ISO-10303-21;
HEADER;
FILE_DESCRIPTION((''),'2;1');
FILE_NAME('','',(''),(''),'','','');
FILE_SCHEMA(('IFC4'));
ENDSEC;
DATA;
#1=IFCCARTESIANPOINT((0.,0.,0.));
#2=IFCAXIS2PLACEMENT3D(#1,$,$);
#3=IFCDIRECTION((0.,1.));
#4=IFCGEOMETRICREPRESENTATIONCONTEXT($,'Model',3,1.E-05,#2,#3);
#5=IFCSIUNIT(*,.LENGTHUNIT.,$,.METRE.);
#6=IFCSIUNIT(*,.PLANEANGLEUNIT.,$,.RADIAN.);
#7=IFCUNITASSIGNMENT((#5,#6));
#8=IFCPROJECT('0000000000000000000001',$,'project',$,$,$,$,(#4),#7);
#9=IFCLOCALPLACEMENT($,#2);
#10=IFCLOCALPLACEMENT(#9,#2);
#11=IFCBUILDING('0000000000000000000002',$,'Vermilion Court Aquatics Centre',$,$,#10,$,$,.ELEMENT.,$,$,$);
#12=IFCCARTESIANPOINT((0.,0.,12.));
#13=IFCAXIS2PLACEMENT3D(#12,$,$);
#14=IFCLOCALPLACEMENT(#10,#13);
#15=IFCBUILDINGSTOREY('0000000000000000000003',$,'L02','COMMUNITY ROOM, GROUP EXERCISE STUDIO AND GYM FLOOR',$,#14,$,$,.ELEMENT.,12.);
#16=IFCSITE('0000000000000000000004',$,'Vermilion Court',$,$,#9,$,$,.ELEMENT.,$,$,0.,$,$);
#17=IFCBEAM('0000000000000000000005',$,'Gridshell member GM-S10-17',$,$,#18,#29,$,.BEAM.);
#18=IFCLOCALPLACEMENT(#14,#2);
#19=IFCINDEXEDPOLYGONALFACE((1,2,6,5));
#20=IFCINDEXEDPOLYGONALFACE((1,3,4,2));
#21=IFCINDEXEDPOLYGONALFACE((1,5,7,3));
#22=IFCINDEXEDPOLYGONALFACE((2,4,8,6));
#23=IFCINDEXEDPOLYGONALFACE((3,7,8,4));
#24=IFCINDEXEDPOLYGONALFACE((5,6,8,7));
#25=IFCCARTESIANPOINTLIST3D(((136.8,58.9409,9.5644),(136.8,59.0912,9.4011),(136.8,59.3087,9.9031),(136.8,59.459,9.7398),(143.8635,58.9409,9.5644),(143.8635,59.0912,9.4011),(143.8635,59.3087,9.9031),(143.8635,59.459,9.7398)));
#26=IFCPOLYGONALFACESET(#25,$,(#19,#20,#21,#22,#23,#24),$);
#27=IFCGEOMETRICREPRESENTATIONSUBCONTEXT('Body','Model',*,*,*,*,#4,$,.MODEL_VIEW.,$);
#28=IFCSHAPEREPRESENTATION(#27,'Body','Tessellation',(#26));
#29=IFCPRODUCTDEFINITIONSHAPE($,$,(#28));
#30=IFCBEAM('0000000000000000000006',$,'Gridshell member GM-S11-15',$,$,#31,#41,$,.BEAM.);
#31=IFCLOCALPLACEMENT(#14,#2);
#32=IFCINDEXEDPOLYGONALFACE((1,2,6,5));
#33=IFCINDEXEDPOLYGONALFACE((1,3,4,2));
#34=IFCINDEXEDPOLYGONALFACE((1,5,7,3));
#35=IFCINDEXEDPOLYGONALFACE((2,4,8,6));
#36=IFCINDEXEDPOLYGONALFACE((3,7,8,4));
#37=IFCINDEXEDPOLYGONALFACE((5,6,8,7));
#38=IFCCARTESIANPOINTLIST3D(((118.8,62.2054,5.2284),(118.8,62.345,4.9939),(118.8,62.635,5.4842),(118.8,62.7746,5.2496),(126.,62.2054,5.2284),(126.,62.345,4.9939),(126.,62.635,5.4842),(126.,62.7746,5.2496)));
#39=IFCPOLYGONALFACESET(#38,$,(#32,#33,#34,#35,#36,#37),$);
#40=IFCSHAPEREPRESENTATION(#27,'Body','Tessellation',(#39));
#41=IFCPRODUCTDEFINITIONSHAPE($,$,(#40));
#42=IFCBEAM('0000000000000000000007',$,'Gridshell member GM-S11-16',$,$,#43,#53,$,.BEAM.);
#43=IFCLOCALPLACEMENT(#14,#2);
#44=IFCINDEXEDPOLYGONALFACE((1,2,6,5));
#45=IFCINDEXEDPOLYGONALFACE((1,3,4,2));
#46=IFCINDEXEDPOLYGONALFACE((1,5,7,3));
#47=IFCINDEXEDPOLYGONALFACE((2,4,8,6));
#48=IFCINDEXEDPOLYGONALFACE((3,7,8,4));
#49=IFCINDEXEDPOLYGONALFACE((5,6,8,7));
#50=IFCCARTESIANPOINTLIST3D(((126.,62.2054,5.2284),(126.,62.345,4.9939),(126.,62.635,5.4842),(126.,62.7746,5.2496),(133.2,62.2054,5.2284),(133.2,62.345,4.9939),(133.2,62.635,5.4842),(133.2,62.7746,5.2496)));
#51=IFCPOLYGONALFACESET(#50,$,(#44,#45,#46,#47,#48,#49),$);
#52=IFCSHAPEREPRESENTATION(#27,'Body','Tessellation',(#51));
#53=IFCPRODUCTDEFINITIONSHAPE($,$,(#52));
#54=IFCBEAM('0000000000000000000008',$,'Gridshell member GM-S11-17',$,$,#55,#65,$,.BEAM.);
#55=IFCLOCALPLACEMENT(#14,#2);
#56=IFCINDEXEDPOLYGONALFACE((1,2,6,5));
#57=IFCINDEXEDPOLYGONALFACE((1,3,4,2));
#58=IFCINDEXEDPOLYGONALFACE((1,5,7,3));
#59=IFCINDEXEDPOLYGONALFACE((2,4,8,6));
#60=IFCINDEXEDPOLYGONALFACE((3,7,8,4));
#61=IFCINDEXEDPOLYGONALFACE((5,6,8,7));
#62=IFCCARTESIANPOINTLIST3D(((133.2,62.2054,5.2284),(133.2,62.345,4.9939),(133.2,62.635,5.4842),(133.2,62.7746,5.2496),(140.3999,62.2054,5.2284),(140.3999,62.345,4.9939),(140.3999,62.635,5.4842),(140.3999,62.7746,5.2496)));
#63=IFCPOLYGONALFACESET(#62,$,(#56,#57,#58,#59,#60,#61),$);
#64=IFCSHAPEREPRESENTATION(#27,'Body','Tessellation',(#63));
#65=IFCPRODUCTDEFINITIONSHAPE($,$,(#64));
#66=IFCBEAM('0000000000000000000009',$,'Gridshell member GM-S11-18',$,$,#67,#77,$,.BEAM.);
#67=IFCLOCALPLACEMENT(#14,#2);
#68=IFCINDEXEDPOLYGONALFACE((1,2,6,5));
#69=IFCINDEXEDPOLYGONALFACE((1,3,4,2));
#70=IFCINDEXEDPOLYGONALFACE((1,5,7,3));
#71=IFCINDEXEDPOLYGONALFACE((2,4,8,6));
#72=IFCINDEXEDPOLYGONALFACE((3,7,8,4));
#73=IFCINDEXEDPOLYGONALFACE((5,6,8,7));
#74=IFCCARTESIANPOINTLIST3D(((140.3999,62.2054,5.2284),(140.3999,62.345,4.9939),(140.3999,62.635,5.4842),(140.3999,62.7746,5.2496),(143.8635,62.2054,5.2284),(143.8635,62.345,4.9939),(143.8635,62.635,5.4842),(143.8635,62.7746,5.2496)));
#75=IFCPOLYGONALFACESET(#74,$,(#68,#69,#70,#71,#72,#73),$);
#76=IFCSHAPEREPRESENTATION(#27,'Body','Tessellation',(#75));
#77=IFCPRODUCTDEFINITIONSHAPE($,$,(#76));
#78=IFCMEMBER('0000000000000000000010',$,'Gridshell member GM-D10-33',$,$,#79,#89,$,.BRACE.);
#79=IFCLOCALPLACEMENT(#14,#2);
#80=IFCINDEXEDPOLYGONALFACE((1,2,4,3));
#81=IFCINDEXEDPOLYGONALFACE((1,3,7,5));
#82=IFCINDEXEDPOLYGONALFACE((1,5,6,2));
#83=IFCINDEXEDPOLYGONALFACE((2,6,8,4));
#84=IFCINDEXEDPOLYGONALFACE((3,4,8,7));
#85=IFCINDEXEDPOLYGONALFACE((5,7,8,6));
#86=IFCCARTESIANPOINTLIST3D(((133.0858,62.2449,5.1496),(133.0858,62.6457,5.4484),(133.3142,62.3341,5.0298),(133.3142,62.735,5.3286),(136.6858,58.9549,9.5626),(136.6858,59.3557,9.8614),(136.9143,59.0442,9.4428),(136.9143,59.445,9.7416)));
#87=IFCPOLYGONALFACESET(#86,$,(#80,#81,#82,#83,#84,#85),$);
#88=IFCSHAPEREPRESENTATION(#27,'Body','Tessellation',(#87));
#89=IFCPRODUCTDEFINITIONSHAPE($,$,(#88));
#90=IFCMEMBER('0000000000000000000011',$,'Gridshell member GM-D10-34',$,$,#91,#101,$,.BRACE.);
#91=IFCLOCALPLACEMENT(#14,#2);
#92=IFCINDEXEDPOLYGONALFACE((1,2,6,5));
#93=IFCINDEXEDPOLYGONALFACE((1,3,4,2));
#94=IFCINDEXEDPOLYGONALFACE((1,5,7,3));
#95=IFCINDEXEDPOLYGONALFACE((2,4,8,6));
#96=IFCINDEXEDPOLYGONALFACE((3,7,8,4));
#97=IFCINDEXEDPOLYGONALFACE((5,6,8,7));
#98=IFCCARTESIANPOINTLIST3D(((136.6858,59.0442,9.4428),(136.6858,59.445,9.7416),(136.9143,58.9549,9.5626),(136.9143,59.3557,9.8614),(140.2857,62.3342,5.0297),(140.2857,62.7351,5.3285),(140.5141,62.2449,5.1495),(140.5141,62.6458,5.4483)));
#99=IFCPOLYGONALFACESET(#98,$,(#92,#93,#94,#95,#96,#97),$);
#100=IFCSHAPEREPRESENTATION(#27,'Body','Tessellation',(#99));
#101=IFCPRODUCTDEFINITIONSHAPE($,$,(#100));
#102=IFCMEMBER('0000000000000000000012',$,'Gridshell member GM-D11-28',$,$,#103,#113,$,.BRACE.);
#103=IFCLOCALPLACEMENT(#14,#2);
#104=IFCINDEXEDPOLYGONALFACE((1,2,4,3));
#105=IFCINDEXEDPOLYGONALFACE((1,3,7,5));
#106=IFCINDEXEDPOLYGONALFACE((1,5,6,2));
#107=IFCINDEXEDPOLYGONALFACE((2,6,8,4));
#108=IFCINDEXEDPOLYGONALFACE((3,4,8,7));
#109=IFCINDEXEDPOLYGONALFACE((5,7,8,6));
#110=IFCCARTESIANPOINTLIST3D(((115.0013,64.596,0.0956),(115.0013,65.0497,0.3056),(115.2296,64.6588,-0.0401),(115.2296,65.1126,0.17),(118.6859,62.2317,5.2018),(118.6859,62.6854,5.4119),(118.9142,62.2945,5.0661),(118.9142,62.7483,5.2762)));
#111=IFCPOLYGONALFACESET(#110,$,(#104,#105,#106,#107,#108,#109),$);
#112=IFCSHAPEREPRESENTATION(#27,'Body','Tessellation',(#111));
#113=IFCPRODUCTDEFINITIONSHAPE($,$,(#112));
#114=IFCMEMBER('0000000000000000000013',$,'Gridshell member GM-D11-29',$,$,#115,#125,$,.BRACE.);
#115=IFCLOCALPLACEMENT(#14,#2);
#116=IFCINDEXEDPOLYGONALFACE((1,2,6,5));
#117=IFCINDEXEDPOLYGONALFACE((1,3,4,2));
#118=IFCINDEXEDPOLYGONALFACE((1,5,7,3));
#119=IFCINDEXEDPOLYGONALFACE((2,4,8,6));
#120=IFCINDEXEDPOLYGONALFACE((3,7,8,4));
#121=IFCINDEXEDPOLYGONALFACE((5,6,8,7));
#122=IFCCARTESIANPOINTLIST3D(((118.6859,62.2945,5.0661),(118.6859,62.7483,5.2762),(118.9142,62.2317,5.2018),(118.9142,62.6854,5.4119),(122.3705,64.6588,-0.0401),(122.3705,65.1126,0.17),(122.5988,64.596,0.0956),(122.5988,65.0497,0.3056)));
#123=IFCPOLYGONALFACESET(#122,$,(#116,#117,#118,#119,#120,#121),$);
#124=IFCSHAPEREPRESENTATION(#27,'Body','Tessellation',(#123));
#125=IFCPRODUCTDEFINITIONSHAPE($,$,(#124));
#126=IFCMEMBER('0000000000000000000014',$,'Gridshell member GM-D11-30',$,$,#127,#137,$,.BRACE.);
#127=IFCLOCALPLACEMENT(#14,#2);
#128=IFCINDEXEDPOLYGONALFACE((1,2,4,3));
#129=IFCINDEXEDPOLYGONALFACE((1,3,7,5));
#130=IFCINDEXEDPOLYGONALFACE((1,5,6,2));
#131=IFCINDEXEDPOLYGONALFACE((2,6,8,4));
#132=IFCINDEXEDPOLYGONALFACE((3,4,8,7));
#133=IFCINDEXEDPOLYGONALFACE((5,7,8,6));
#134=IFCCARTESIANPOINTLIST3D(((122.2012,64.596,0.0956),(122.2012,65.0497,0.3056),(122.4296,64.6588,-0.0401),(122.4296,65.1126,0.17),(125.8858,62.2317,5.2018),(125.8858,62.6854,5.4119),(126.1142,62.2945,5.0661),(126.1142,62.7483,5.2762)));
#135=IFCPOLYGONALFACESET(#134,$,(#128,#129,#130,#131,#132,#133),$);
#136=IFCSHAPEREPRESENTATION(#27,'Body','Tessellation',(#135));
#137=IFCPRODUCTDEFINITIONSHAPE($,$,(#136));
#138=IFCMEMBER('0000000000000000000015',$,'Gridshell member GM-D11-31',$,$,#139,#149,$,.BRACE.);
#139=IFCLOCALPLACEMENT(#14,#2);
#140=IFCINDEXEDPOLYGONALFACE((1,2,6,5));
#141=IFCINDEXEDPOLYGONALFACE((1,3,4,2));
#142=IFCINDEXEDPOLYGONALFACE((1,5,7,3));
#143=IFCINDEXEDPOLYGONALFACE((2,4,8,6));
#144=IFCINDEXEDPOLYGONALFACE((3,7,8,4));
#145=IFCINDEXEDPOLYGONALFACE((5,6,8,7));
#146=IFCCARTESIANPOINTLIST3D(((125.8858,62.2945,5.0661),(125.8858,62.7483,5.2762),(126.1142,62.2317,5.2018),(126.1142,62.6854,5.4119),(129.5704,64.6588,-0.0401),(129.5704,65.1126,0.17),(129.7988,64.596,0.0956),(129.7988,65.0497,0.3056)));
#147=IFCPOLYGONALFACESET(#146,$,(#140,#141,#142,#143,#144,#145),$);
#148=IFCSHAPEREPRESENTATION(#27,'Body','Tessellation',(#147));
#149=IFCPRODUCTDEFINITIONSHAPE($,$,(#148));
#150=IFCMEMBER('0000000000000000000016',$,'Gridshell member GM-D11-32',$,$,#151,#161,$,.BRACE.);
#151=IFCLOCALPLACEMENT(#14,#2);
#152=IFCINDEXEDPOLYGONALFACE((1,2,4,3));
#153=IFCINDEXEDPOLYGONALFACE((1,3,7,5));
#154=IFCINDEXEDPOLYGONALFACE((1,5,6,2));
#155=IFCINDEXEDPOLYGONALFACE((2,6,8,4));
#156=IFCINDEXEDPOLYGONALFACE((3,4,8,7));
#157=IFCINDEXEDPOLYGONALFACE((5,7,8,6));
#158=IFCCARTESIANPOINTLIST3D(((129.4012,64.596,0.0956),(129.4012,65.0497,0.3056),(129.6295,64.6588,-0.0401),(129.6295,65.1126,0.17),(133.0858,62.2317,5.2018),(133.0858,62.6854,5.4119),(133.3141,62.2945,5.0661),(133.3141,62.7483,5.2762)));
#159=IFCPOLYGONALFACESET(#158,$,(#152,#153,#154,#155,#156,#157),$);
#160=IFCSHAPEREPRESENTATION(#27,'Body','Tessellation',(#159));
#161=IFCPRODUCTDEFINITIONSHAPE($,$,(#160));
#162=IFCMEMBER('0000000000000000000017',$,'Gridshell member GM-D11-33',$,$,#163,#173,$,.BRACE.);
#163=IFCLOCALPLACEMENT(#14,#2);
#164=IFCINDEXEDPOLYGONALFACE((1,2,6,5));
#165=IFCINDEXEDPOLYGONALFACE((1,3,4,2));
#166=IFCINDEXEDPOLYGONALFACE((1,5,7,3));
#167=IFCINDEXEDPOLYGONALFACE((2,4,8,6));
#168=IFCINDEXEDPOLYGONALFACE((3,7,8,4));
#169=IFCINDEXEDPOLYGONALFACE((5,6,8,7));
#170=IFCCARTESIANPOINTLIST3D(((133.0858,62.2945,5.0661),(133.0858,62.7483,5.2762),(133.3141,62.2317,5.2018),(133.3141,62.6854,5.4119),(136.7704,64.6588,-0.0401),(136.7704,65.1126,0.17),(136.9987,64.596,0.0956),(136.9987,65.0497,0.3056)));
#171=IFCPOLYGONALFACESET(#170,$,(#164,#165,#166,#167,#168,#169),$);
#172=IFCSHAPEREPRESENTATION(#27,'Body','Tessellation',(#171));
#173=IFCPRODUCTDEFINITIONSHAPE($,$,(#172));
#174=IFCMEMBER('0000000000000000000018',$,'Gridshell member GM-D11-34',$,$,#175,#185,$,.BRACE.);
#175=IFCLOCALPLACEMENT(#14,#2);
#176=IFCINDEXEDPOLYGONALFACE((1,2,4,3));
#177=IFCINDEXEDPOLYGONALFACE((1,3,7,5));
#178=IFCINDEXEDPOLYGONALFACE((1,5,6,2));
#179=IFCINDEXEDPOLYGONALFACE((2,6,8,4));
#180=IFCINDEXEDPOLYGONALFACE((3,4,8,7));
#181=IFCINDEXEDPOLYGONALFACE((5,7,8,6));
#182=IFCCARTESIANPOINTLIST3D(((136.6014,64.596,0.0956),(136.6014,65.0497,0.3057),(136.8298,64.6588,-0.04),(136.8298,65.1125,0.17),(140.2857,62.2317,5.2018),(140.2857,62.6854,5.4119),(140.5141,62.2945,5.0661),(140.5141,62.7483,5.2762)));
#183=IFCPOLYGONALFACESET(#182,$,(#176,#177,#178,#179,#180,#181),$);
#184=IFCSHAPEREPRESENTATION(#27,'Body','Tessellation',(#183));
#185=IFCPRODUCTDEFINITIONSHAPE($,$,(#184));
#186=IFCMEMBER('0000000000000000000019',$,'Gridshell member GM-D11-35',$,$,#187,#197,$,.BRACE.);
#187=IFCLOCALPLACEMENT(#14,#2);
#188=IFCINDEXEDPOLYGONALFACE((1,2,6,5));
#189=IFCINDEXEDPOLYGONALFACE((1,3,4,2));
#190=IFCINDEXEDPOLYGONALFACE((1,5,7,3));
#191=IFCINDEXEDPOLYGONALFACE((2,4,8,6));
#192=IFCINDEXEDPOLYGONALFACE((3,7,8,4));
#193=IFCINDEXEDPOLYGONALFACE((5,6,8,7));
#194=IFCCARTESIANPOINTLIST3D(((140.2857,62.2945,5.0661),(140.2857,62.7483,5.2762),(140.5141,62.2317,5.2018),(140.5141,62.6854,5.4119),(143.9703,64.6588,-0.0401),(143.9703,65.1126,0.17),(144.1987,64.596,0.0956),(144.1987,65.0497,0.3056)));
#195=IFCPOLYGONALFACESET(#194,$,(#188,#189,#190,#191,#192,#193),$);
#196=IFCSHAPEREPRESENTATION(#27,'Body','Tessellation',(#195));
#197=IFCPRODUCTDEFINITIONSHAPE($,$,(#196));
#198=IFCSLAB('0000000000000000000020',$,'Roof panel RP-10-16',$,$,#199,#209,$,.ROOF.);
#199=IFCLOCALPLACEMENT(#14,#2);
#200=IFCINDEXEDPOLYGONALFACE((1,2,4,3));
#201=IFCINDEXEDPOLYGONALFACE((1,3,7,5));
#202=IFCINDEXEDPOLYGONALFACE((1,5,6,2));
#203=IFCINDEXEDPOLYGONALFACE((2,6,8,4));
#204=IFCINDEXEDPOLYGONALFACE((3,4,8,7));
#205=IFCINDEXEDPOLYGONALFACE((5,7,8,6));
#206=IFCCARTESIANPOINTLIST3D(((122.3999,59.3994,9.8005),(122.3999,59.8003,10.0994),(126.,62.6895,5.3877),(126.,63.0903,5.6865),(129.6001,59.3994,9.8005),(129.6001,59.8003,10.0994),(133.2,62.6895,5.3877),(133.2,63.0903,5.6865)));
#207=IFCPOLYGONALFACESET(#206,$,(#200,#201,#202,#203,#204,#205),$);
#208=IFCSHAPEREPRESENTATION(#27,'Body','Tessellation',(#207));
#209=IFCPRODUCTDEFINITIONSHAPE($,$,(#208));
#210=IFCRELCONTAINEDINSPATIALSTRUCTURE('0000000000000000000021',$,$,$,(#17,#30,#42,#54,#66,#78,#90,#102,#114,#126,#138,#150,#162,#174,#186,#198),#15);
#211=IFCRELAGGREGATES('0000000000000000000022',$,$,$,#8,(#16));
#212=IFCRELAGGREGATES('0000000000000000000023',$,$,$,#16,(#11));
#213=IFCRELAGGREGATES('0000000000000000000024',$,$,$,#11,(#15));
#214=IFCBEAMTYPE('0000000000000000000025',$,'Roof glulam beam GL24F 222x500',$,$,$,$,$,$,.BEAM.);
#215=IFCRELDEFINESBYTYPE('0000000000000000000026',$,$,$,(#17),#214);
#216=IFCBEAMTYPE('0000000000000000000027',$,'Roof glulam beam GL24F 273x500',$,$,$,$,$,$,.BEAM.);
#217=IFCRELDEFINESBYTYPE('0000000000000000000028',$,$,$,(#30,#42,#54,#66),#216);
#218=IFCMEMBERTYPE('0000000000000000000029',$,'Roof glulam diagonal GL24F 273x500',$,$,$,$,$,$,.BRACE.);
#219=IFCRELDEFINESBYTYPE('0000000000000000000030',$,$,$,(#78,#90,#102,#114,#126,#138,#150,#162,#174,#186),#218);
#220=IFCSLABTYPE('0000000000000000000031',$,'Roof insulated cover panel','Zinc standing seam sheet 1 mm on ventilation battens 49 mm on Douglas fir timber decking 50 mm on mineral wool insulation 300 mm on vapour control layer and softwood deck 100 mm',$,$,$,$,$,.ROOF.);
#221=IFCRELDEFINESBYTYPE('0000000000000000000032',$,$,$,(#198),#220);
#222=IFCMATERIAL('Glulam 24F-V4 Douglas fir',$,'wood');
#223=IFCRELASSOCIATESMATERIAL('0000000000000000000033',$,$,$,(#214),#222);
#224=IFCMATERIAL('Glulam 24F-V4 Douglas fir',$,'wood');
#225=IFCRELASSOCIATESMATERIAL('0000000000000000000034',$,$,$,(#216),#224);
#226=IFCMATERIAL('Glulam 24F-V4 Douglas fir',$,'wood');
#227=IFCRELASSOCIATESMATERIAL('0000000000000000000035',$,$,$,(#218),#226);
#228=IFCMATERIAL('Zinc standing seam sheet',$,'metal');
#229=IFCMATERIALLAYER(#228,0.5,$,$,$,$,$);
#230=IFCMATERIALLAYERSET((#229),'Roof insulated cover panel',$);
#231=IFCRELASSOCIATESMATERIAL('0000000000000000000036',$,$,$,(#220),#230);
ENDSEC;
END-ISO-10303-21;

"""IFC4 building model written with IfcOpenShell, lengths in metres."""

from ifc_helpers import new_model, si_unit, direction, frame, origin, origin_2d, place, context, subcontext, project, spatial, polyline, rectangle, outline, extrude, material, layer, layer_set, material_profile, profile_set, type_object, element, save


model = new_model("IFC4")

# Units and contexts
model_context = context("Model", 3, precision=1e-05, world=origin(), true_north=direction((0.0, 1.0)))
body_context = subcontext(model_context, "Body", "Model", "MODEL_VIEW")
ifc_project = project(units=[si_unit("LENGTHUNIT", "METRE"), si_unit("PLANEANGLEUNIT", "RADIAN")], contexts=[model_context])

# Site, building, storey
site_placement = place(None, origin())
site = spatial("IfcSite", under=ifc_project, at=site_placement, Name="Vermilion Court", CompositionType="ELEMENT", RefElevation=0.0)
building_placement = place(site_placement, origin())
building = spatial("IfcBuilding", under=site, at=building_placement, Name="Vermilion Court Aquatics Centre", CompositionType="ELEMENT")
storey_placement = place(building_placement, frame((0.0, 0.0, 12.0)))
storey = spatial("IfcBuildingStorey", under=building, at=storey_placement, Name="L02", Description="COMMUNITY ROOM, GROUP EXERCISE STUDIO AND GYM FLOOR", CompositionType="ELEMENT", Elevation=12.0)

# Beams
ifc_material_1 = material(Name="Glulam 24F-V4 Douglas fir", Category="wood")
ifc_material_profile_1 = material_profile(ifc_material_1, rectangle(XDim=0.2219, YDim=0.5, at=origin_2d()), Name="GL24F 222x500")
ifc_profile_set_1 = profile_set([ifc_material_profile_1], Name="Glulam 24F-V4 Douglas fir")
beam_type_1 = type_object("IfcBeamType", Name="Roof glulam beam GL24F 222x500", PredefinedType="BEAM", material=ifc_profile_set_1)
beam_1_placement = place(storey_placement, frame((136.8, 59.2, 9.6521), z_axis=(1.0, 0.0, 0.0), x_axis=(0.0, 0.67726, -0.735744)))
element("IfcBeam", 1, at=beam_1_placement, inside=storey, type_object=beam_type_1, Name="Gridshell member GM-S10-17", PredefinedType="BEAM", context=body_context, shape_type="SweptSolid", body=[
    extrude(rectangle(XDim=0.2219, YDim=0.5, at=origin_2d()), origin(), (0.0, 0.0, 1.0), 7.0635),
])
ifc_material_2 = material(Name="Glulam 24F-V4 Douglas fir", Category="wood")
ifc_material_profile_2 = material_profile(ifc_material_2, rectangle(XDim=0.2729, YDim=0.5, at=origin_2d()), Name="GL24F 273x500")
ifc_profile_set_2 = profile_set([ifc_material_profile_2], Name="Glulam 24F-V4 Douglas fir")
beam_type_2 = type_object("IfcBeamType", Name="Roof glulam beam GL24F 273x500", PredefinedType="BEAM", material=ifc_profile_set_2)
for number, where, z_axis, x_axis, name in (
    (2, (118.8, 62.49, 5.239), (1.0, 0.0, 0.0), (0.0, 0.511595, -0.859227), "Gridshell member GM-S11-15"),
    (3, (126.0, 62.49, 5.239), (1.0, 0.0, 0.0), (0.0, 0.511595, -0.859227), "Gridshell member GM-S11-16"),
    (4, (133.2, 62.49, 5.239), (1.0, 0.0, 0.0), (0.0, 0.511595, -0.859227), "Gridshell member GM-S11-17"),
):
    element("IfcBeam", number, at=place(storey_placement, frame(where, z_axis=z_axis, x_axis=x_axis)), inside=storey, type_object=beam_type_2, Name=name, PredefinedType="BEAM", context=body_context, shape_type="SweptSolid", body=[
        extrude(rectangle(XDim=0.2729, YDim=0.5, at=origin_2d()), origin(), (0.0, 0.0, 1.0), 7.2),
    ])
beam_2_placement = place(storey_placement, frame((140.3999, 62.49, 5.239), z_axis=(1.0, 0.0, 0.0), x_axis=(0.0, 0.511595, -0.859227)))
element("IfcBeam", 5, at=beam_2_placement, inside=storey, type_object=beam_type_2, Name="Gridshell member GM-S11-18", PredefinedType="BEAM", context=body_context, shape_type="SweptSolid", body=[
    extrude(rectangle(XDim=0.2729, YDim=0.5, at=origin_2d()), origin(), (0.0, 0.0, 1.0), 3.4636),
])

# Members
ifc_material_3 = material(Name="Glulam 24F-V4 Douglas fir", Category="wood")
ifc_material_profile_3 = material_profile(ifc_material_3, rectangle(XDim=0.2729, YDim=0.5, at=origin_2d()), Name="GL24F 273x500")
ifc_profile_set_3 = profile_set([ifc_material_profile_3], Name="Glulam 24F-V4 Douglas fir")
member_type = type_object("IfcMemberType", Name="Roof glulam diagonal GL24F 273x500", PredefinedType="BRACE", material=ifc_profile_set_3)
for number, where, z_axis, x_axis, name in (
    (6, (136.8, 59.2, 9.6521), (-0.547355, 0.500214, -0.670961), (-0.836901, -0.327117, 0.438853), "Gridshell member GM-D10-33"),
    (7, (136.8, 59.2, 9.6521), (0.547329, 0.500224, -0.670974), (-0.836918, 0.327083, -0.438846), "Gridshell member GM-D10-34"),
):
    element("IfcMember", number, at=place(storey_placement, frame(where, z_axis=z_axis, x_axis=x_axis)), inside=storey, type_object=member_type, Name=name, PredefinedType="BRACE", context=body_context, shape_type="SweptSolid", body=[
        extrude(rectangle(XDim=0.2729, YDim=0.5, at=origin_2d()), origin(), (0.0, 0.0, 1.0), 6.5771),
    ])
for number, where, z_axis, x_axis, name in (
    (8, (118.8, 62.49, 5.239), (-0.54781, 0.35151, -0.759174), (-0.836603, -0.230193, 0.497099), "Gridshell member GM-D11-28"),
    (9, (118.8, 62.49, 5.239), (0.54781, 0.35151, -0.759174), (-0.836603, 0.230193, -0.497099), "Gridshell member GM-D11-29"),
    (10, (126.0, 62.49, 5.239), (-0.54781, 0.35151, -0.759174), (-0.836603, -0.230193, 0.497099), "Gridshell member GM-D11-30"),
    (11, (126.0, 62.49, 5.239), (0.54781, 0.35151, -0.759174), (-0.836603, 0.230193, -0.497099), "Gridshell member GM-D11-31"),
    (12, (133.2, 62.49, 5.239), (-0.54781, 0.35151, -0.759174), (-0.836603, -0.230193, 0.497099), "Gridshell member GM-D11-32"),
    (13, (133.2, 62.49, 5.239), (0.54781, 0.35151, -0.759174), (-0.836603, 0.230193, -0.497099), "Gridshell member GM-D11-33"),
):
    element("IfcMember", number, at=place(storey_placement, frame(where, z_axis=z_axis, x_axis=x_axis)), inside=storey, type_object=member_type, Name=name, PredefinedType="BRACE", context=body_context, shape_type="SweptSolid", body=[
        extrude(rectangle(XDim=0.2729, YDim=0.5, at=origin_2d()), origin(), (0.0, 0.0, 1.0), 6.7261),
    ])
member_1_placement = place(storey_placement, frame((140.3999, 62.49, 5.239), z_axis=(-0.547785, 0.351517, -0.759189), x_axis=(-0.836619, -0.230161, 0.497085)))
element("IfcMember", 14, at=member_1_placement, inside=storey, type_object=member_type, Name="Gridshell member GM-D11-34", PredefinedType="BRACE", context=body_context, shape_type="SweptSolid", body=[
    extrude(rectangle(XDim=0.2729, YDim=0.5, at=origin_2d()), origin(), (0.0, 0.0, 1.0), 6.7258),
])
member_2_placement = place(storey_placement, frame((140.3999, 62.49, 5.239), z_axis=(0.54781, 0.35151, -0.759174), x_axis=(-0.836603, 0.230193, -0.497099)))
element("IfcMember", 15, at=member_2_placement, inside=storey, type_object=member_type, Name="Gridshell member GM-D11-35", PredefinedType="BRACE", context=body_context, shape_type="SweptSolid", body=[
    extrude(rectangle(XDim=0.2729, YDim=0.5, at=origin_2d()), origin(), (0.0, 0.0, 1.0), 6.7261),
])

# Slab
ifc_material_4 = material(Name="Zinc standing seam sheet", Category="metal")
ifc_layer_1 = layer(ifc_material_4, 0.5)
ifc_layer_set_1 = layer_set([ifc_layer_1], Name="Roof insulated cover panel")
slab_type = type_object("IfcSlabType", Name="Roof insulated cover panel", Description="Zinc standing seam sheet 1 mm on ventilation battens 49 mm on Douglas fir timber decking 50 mm on mineral wool insulation 300 mm on vapour control layer and softwood deck 100 mm", PredefinedType="ROOF", material=ifc_layer_set_1)
slab_1_placement = place(storey_placement, frame((122.3999, 59.8003, 10.0994), z_axis=(0.0, 0.801705, 0.59772), x_axis=(1.0, 0.0, 0.0)))
element("IfcSlab", 16, at=slab_1_placement, inside=storey, type_object=slab_type, Name="Roof panel RP-10-16", PredefinedType="ROOF", context=body_context, shape_type="SweptSolid", body=[
    extrude(outline(polyline([(0.0, 0.0), (7.2002, 0.0), (10.8, 5.5043), (3.6001, 5.5043), (0.0, 0.0)])), origin(), (0.0, 0.0, -1.0), 0.5),
])

save(model, "model.ifc")
